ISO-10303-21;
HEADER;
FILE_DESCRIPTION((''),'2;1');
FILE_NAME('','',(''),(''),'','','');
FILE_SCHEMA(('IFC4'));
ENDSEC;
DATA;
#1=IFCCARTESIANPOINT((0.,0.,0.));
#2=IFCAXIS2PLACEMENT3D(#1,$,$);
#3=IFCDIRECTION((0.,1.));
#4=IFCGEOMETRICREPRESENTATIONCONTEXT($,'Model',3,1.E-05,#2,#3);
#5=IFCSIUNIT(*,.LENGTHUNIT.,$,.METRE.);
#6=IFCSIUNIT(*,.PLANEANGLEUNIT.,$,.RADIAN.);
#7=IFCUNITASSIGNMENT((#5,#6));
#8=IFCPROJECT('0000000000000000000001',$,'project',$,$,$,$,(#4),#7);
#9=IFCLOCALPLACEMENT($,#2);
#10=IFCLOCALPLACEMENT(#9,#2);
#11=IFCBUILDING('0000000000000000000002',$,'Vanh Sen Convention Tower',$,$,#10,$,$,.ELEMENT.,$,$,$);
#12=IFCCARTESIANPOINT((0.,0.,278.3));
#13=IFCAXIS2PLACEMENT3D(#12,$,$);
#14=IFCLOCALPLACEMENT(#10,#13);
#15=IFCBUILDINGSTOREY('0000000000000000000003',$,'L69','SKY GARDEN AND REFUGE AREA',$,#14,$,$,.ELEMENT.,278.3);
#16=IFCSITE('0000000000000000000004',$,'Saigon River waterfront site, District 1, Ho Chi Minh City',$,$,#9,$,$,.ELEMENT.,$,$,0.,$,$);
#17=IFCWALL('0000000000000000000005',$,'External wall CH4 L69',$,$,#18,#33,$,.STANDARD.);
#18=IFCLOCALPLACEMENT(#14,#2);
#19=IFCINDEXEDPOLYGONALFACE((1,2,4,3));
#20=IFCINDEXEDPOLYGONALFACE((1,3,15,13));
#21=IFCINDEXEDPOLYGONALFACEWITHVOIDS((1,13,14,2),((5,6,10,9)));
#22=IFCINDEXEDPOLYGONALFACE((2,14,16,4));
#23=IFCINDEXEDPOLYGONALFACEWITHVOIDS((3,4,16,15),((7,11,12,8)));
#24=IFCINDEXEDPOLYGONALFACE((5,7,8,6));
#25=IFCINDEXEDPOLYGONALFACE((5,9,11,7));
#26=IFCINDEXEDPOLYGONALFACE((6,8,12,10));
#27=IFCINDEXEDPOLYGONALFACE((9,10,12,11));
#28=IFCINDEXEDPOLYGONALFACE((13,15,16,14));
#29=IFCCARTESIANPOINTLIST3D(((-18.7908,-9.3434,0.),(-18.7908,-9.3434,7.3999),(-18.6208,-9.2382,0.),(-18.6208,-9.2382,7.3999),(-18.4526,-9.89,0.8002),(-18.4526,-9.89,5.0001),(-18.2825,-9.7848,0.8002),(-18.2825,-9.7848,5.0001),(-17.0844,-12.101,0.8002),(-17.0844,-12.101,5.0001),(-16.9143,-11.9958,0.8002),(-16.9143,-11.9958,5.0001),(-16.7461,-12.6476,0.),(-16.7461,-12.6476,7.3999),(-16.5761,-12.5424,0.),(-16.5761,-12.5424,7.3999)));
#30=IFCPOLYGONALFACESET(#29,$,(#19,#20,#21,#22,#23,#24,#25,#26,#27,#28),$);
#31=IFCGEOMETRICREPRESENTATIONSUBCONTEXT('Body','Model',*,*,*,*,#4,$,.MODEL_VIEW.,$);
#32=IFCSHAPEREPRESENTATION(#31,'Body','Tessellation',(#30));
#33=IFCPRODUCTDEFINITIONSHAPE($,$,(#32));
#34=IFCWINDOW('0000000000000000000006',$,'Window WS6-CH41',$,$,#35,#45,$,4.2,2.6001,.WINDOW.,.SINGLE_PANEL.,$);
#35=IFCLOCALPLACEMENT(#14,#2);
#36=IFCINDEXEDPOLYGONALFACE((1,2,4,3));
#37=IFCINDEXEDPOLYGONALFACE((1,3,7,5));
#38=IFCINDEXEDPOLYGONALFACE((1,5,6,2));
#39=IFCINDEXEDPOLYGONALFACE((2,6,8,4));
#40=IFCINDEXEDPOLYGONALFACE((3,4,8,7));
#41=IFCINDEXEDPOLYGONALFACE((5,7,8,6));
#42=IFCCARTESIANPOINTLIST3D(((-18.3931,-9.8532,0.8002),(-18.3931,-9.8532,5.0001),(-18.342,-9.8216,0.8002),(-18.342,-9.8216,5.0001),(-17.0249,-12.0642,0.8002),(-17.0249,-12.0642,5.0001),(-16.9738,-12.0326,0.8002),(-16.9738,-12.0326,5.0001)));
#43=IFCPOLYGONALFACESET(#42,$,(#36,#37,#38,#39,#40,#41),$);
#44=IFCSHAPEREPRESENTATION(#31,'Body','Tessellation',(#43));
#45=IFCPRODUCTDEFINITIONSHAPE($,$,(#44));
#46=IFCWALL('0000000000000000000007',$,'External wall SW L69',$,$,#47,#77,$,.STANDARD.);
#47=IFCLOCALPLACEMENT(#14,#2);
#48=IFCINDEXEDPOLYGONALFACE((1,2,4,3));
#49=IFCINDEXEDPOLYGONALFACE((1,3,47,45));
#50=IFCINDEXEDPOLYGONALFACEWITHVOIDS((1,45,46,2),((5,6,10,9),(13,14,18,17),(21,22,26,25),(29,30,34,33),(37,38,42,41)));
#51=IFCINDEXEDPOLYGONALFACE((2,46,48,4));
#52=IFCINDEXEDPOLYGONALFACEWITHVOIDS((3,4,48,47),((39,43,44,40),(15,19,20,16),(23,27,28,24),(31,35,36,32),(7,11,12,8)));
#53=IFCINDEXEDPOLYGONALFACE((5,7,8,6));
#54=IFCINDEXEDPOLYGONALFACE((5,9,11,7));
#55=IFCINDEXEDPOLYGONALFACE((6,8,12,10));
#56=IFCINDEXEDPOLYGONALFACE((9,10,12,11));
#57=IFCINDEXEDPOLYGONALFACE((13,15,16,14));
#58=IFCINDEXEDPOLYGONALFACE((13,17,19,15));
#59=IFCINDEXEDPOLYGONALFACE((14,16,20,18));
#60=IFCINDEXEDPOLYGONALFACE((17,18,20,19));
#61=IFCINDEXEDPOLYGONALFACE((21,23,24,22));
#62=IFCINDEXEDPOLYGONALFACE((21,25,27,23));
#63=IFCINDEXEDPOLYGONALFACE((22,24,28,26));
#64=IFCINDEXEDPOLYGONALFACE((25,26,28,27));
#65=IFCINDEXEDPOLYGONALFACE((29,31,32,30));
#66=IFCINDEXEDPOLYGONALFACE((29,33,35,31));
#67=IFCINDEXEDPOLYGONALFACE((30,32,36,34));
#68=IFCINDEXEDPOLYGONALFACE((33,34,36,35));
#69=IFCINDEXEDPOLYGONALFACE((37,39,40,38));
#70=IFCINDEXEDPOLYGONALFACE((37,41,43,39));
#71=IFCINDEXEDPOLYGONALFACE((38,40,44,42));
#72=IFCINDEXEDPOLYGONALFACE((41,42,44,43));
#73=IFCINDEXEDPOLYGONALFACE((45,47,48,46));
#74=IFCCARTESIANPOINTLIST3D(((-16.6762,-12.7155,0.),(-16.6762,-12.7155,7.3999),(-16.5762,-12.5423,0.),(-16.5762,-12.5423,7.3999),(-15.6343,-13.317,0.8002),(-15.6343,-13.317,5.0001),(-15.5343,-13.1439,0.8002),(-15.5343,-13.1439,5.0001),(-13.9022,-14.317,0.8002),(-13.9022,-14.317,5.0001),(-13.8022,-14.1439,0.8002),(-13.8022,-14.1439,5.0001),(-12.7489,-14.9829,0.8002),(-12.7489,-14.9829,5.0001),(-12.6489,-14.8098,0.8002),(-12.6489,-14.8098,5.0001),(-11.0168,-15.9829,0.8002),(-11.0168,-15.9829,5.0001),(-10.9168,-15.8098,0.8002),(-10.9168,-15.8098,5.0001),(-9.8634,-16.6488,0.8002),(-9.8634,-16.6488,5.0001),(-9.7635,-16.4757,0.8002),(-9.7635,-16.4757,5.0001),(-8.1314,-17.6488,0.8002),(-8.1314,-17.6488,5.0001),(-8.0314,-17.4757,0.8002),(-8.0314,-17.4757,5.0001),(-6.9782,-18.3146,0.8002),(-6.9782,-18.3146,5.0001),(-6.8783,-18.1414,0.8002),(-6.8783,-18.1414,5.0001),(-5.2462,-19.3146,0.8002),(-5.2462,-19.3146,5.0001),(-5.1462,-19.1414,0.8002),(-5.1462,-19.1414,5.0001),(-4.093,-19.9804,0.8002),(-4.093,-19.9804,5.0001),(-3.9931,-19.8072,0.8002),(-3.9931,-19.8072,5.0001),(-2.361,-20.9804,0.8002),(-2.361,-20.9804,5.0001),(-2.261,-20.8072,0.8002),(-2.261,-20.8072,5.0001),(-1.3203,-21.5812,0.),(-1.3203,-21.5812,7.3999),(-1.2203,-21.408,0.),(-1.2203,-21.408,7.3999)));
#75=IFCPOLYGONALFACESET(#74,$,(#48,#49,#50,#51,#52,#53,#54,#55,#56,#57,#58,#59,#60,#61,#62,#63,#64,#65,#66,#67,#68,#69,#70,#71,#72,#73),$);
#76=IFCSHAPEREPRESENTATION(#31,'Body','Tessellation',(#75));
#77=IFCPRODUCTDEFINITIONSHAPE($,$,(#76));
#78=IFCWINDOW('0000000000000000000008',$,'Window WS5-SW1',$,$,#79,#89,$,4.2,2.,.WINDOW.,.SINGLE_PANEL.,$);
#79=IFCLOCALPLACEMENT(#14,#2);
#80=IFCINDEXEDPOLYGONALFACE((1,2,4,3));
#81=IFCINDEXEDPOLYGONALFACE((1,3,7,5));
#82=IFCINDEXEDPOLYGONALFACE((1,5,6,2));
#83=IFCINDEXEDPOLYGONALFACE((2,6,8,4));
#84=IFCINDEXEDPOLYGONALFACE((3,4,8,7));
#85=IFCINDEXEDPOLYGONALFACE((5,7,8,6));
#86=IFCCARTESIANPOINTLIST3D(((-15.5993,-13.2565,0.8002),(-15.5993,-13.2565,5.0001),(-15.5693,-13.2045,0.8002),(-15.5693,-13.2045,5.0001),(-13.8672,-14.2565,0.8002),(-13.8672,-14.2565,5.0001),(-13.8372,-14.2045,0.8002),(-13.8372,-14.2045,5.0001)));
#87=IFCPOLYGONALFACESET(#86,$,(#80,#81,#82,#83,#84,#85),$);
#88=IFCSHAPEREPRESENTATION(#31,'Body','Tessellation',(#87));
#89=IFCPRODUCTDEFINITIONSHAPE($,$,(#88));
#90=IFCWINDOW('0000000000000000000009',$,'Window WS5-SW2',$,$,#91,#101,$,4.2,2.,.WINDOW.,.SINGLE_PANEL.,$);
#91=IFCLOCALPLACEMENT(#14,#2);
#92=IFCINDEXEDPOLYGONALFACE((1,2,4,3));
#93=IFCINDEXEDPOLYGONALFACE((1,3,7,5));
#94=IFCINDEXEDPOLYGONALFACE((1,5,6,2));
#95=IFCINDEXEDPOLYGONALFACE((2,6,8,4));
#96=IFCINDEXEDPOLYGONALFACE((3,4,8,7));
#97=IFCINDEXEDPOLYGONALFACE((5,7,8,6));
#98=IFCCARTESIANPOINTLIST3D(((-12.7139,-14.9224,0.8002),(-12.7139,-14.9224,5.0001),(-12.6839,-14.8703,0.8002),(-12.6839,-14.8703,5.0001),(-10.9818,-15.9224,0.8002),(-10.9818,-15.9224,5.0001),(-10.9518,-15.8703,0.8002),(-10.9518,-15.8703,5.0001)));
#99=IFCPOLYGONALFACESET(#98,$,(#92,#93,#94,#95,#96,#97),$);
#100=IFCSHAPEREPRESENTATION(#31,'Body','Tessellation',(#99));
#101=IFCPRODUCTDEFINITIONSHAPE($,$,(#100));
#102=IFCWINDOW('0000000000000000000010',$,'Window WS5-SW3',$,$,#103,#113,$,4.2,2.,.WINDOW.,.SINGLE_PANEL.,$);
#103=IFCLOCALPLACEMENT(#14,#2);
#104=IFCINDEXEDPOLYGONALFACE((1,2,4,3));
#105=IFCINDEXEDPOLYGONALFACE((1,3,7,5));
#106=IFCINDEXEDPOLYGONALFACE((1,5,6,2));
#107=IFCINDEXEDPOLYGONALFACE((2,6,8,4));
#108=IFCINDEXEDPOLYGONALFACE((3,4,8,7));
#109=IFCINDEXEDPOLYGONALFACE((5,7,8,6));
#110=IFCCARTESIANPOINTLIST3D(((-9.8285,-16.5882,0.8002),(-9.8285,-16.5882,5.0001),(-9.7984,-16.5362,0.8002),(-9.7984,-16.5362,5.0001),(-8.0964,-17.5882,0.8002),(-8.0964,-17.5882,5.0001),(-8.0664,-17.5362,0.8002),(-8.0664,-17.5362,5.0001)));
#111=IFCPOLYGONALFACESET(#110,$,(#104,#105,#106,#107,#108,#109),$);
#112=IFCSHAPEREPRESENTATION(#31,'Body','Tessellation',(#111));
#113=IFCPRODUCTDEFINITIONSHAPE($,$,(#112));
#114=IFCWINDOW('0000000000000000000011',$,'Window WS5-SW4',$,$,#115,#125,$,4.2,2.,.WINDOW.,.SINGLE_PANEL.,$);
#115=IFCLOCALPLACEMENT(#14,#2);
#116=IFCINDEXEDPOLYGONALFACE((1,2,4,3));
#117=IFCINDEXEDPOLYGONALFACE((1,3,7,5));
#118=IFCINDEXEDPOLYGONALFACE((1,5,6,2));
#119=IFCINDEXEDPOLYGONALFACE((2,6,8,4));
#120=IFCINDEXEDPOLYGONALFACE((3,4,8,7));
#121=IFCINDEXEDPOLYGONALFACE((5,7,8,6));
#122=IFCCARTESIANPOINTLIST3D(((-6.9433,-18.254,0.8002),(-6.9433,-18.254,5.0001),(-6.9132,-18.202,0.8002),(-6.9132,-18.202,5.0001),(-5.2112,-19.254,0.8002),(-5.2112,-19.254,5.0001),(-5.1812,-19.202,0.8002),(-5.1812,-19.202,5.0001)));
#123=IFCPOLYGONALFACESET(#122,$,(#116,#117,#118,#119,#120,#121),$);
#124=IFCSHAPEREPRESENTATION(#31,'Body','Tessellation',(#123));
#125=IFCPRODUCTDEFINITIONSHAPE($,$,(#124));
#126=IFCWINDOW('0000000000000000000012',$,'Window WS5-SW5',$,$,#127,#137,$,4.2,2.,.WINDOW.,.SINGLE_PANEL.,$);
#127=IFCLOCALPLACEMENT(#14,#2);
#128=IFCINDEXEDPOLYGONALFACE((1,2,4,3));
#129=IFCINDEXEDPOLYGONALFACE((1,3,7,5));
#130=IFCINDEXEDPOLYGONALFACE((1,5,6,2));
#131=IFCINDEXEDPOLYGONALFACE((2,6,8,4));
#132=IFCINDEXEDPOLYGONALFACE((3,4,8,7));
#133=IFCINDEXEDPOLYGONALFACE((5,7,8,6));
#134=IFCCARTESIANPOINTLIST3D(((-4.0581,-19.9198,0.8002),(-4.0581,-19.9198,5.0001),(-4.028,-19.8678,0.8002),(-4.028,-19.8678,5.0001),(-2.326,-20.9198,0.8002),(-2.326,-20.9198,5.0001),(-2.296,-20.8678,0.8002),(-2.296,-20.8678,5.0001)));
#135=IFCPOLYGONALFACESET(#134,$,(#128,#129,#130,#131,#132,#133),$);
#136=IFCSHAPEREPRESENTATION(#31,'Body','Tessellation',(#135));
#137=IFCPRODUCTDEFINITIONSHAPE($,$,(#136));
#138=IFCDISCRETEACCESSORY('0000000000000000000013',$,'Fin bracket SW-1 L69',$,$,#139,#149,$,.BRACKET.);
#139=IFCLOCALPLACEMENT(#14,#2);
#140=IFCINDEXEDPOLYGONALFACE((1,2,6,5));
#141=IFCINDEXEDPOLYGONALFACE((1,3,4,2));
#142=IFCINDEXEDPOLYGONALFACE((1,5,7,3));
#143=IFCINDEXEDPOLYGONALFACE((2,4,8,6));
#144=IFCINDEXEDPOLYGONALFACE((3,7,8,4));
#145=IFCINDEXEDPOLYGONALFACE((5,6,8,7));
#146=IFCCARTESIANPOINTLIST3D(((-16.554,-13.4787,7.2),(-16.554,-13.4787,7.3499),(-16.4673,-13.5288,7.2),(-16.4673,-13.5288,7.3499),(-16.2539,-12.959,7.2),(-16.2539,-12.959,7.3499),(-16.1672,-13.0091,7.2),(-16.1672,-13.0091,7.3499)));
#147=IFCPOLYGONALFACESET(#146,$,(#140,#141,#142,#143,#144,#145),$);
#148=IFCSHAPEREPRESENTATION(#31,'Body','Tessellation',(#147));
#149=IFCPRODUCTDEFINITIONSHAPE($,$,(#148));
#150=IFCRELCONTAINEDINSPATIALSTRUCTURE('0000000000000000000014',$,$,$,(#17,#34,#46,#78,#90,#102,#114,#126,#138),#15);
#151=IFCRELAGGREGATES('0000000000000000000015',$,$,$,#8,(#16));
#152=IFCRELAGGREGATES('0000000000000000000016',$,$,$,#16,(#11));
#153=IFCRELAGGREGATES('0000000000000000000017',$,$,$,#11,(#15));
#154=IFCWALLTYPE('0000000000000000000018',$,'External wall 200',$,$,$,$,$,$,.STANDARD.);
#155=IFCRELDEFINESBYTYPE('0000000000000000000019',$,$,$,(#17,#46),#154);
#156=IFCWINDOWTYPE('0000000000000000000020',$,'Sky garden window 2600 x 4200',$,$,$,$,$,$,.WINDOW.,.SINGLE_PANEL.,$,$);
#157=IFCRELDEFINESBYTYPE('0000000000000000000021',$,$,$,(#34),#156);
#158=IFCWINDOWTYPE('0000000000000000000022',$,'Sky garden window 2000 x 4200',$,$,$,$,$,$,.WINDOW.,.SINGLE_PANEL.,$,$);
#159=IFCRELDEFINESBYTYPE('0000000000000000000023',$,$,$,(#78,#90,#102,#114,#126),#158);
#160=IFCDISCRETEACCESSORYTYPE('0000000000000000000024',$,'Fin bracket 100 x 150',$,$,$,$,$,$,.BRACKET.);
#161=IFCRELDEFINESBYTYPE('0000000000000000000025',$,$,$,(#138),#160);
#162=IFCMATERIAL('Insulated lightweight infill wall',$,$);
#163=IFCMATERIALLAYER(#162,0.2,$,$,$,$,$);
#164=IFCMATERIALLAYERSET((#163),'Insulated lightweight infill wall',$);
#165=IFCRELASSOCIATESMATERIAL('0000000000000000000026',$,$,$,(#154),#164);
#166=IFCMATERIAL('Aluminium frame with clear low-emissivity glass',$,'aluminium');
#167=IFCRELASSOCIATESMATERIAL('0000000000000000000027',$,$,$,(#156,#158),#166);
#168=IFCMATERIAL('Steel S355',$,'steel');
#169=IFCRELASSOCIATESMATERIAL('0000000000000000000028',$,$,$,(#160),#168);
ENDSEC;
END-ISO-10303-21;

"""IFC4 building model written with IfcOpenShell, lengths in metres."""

from ifc_helpers import new_model, si_unit, direction, frame, frame_2d, origin, origin_2d, place, context, subcontext, project, spatial, rectangle, extrude, material, layer, layer_set, type_object, element, fill, save


model = new_model("IFC4")

# Units and contexts
model_context = context("Model", 3, precision=1e-05, world=origin(), true_north=direction((0.0, 1.0)))
body_context = subcontext(model_context, "Body", "Model", "MODEL_VIEW")
ifc_project = project(units=[si_unit("LENGTHUNIT", "METRE"), si_unit("PLANEANGLEUNIT", "RADIAN")], contexts=[model_context])

# Site, building, storey
site_placement = place(None, origin())
site = spatial("IfcSite", under=ifc_project, at=site_placement, Name="Saigon River waterfront site, District 1, Ho Chi Minh City", CompositionType="ELEMENT", RefElevation=0.0)
building_placement = place(site_placement, origin())
building = spatial("IfcBuilding", under=site, at=building_placement, Name="Vanh Sen Convention Tower", CompositionType="ELEMENT")
storey_placement = place(building_placement, frame((0.0, 0.0, 278.3)))
storey = spatial("IfcBuildingStorey", under=building, at=storey_placement, Name="L69", Description="SKY GARDEN AND REFUGE AREA", CompositionType="ELEMENT", Elevation=278.3)

# Wall, opening, window
ifc_material_1 = material(Name="Insulated lightweight infill wall")
ifc_layer_1 = layer(ifc_material_1, 0.2)
ifc_layer_set_1 = layer_set([ifc_layer_1], Name="Insulated lightweight infill wall")
wall_type = type_object("IfcWallType", Name="External wall 200", PredefinedType="STANDARD", material=ifc_layer_set_1)
wall_1_placement = place(storey_placement, frame((-18.7058, -9.2908, 0.0), z_axis=(0.0, 0.0, 1.0), x_axis=(0.52621, -0.850355, 0.0)))
wall_1 = element("IfcWall", 1, at=wall_1_placement, inside=storey, type_object=wall_type, Name="External wall CH4 L69", PredefinedType="STANDARD", context=body_context, shape_type="SweptSolid", body=[
    extrude(rectangle(XDim=3.8857, YDim=0.2, at=frame_2d((1.9429, 0.0))), origin(), (0.0, 0.0, 1.0), 7.3999),
])
opening_1_placement = place(wall_1_placement, frame((0.6428, 0.0, 0.8)))
opening_1 = element("IfcOpeningElement", 2, at=opening_1_placement, cuts=wall_1, PredefinedType="OPENING", context=body_context, shape_type="SweptSolid", body=[
    extrude(rectangle(XDim=2.6001, YDim=4.2, at=frame_2d((1.3, 2.1001))), frame((0.0, 0.1099, 0.0), z_axis=(0.0, -1.0, 0.0), x_axis=(1.0, 0.0, 0.0)), (0.0, 0.0, 1.0), 0.22),
])
ifc_material_2 = material(Name="Aluminium frame with clear low-emissivity glass", Category="aluminium")
window_type_1 = type_object("IfcWindowType", Name="Sky garden window 2600 x 4200", PartitioningType="SINGLE_PANEL", PredefinedType="WINDOW", material=ifc_material_2)
window_1_placement = place(opening_1_placement, origin())
window_1 = element("IfcWindow", 3, at=window_1_placement, inside=storey, type_object=window_type_1, Name="Window WS6-CH41", OverallHeight=4.2, OverallWidth=2.6001, PartitioningType="SINGLE_PANEL", PredefinedType="WINDOW", context=body_context, shape_type="SweptSolid", body=[
    extrude(rectangle(XDim=2.6001, YDim=4.2, at=frame_2d((1.3, 2.1001))), frame((0.0, 0.03, 0.0), z_axis=(0.0, -1.0, 0.0), x_axis=(1.0, 0.0, 0.0)), (0.0, 0.0, 1.0), 0.0601),
])
fill(opening_1, window_1)

# Wall, openings, windows
wall_2_placement = place(storey_placement, frame((-16.6262, -12.6289, 0.0), z_axis=(0.0, 0.0, 1.0), x_axis=(0.866026, -0.499998, 0.0)))
wall_2 = element("IfcWall", 4, at=wall_2_placement, inside=storey, type_object=wall_type, Name="External wall SW L69", PredefinedType="STANDARD", context=body_context, shape_type="SweptSolid", body=[
    extrude(rectangle(XDim=17.7314, YDim=0.2, at=frame_2d((8.8657, 0.0))), origin(), (0.0, 0.0, 1.0), 7.3999),
])
opening_2_placement = place(wall_2_placement, frame((1.2031, 0.0, 0.8)))
opening_2 = element("IfcOpeningElement", 5, at=opening_2_placement, cuts=wall_2, PredefinedType="OPENING", context=body_context, shape_type="SweptSolid", body=[
    extrude(rectangle(XDim=2.0, YDim=4.2, at=frame_2d((1.0, 2.1001))), frame((0.0, 0.1099, 0.0), z_axis=(0.0, -1.0, 0.0), x_axis=(1.0, 0.0, 0.0)), (0.0, 0.0, 1.0), 0.22),
])
opening_3_placement = place(wall_2_placement, frame((4.5349, 0.0, 0.8)))
opening_3 = element("IfcOpeningElement", 6, at=opening_3_placement, cuts=wall_2, PredefinedType="OPENING", context=body_context, shape_type="SweptSolid", body=[
    extrude(rectangle(XDim=2.0, YDim=4.2, at=frame_2d((1.0, 2.1001))), frame((0.0, 0.1099, 0.0), z_axis=(0.0, -1.0, 0.0), x_axis=(1.0, 0.0, 0.0)), (0.0, 0.0, 1.0), 0.22),
])
opening_4_placement = place(wall_2_placement, frame((7.8667, 0.0, 0.8)))
opening_4 = element("IfcOpeningElement", 7, at=opening_4_placement, cuts=wall_2, PredefinedType="OPENING", context=body_context, shape_type="SweptSolid", body=[
    extrude(rectangle(XDim=2.0, YDim=4.2, at=frame_2d((1.0, 2.1001))), frame((0.0, 0.1099, 0.0), z_axis=(0.0, -1.0, 0.0), x_axis=(1.0, 0.0, 0.0)), (0.0, 0.0, 1.0), 0.22),
])
opening_5_placement = place(wall_2_placement, frame((11.1982, 0.0, 0.8)))
opening_5 = element("IfcOpeningElement", 8, at=opening_5_placement, cuts=wall_2, PredefinedType="OPENING", context=body_context, shape_type="SweptSolid", body=[
    extrude(rectangle(XDim=2.0, YDim=4.2, at=frame_2d((1.0, 2.1001))), frame((0.0, 0.1099, 0.0), z_axis=(0.0, -1.0, 0.0), x_axis=(1.0, 0.0, 0.0)), (0.0, 0.0, 1.0), 0.22),
])
opening_6_placement = place(wall_2_placement, frame((14.5298, 0.0, 0.8)))
opening_6 = element("IfcOpeningElement", 9, at=opening_6_placement, cuts=wall_2, PredefinedType="OPENING", context=body_context, shape_type="SweptSolid", body=[
    extrude(rectangle(XDim=2.0, YDim=4.2, at=frame_2d((1.0, 2.1001))), frame((0.0, 0.1099, 0.0), z_axis=(0.0, -1.0, 0.0), x_axis=(1.0, 0.0, 0.0)), (0.0, 0.0, 1.0), 0.22),
])
window_type_2 = type_object("IfcWindowType", Name="Sky garden window 2000 x 4200", PartitioningType="SINGLE_PANEL", PredefinedType="WINDOW", material=ifc_material_2)
window_2_placement = place(opening_2_placement, origin())
window_2 = element("IfcWindow", 10, at=window_2_placement, inside=storey, type_object=window_type_2, Name="Window WS5-SW1", OverallHeight=4.2, OverallWidth=2.0, PartitioningType="SINGLE_PANEL", PredefinedType="WINDOW", context=body_context, shape_type="SweptSolid", body=[
    extrude(rectangle(XDim=2.0, YDim=4.2, at=frame_2d((1.0, 2.1001))), frame((0.0, 0.03, 0.0), z_axis=(0.0, -1.0, 0.0), x_axis=(1.0, 0.0, 0.0)), (0.0, 0.0, 1.0), 0.0601),
])
fill(opening_2, window_2)
window_3_placement = place(opening_3_placement, origin())
window_3 = element("IfcWindow", 11, at=window_3_placement, inside=storey, type_object=window_type_2, Name="Window WS5-SW2", OverallHeight=4.2, OverallWidth=2.0, PartitioningType="SINGLE_PANEL", PredefinedType="WINDOW", context=body_context, shape_type="SweptSolid", body=[
    extrude(rectangle(XDim=2.0, YDim=4.2, at=frame_2d((1.0, 2.1001))), frame((0.0, 0.03, 0.0), z_axis=(0.0, -1.0, 0.0), x_axis=(1.0, 0.0, 0.0)), (0.0, 0.0, 1.0), 0.0601),
])
fill(opening_3, window_3)
window_4_placement = place(opening_4_placement, origin())
window_4 = element("IfcWindow", 12, at=window_4_placement, inside=storey, type_object=window_type_2, Name="Window WS5-SW3", OverallHeight=4.2, OverallWidth=2.0, PartitioningType="SINGLE_PANEL", PredefinedType="WINDOW", context=body_context, shape_type="SweptSolid", body=[
    extrude(rectangle(XDim=2.0, YDim=4.2, at=frame_2d((1.0, 2.1001))), frame((0.0, 0.03, 0.0), z_axis=(0.0, -1.0, 0.0), x_axis=(1.0, 0.0, 0.0)), (0.0, 0.0, 1.0), 0.0601),
])
fill(opening_4, window_4)
window_5_placement = place(opening_5_placement, origin())
window_5 = element("IfcWindow", 13, at=window_5_placement, inside=storey, type_object=window_type_2, Name="Window WS5-SW4", OverallHeight=4.2, OverallWidth=2.0, PartitioningType="SINGLE_PANEL", PredefinedType="WINDOW", context=body_context, shape_type="SweptSolid", body=[
    extrude(rectangle(XDim=2.0, YDim=4.2, at=frame_2d((1.0, 2.1001))), frame((0.0, 0.03, 0.0), z_axis=(0.0, -1.0, 0.0), x_axis=(1.0, 0.0, 0.0)), (0.0, 0.0, 1.0), 0.0601),
])
fill(opening_5, window_5)
window_6_placement = place(opening_6_placement, origin())
window_6 = element("IfcWindow", 14, at=window_6_placement, inside=storey, type_object=window_type_2, Name="Window WS5-SW5", OverallHeight=4.2, OverallWidth=2.0, PartitioningType="SINGLE_PANEL", PredefinedType="WINDOW", context=body_context, shape_type="SweptSolid", body=[
    extrude(rectangle(XDim=2.0, YDim=4.2, at=frame_2d((1.0, 2.1001))), frame((0.0, 0.03, 0.0), z_axis=(0.0, -1.0, 0.0), x_axis=(1.0, 0.0, 0.0)), (0.0, 0.0, 1.0), 0.0601),
])
fill(opening_6, window_6)

# Discrete accessory
ifc_material_3 = material(Name="Steel S355", Category="steel")
discrete_accessory_type = type_object("IfcDiscreteAccessoryType", Name="Fin bracket 100 x 150", PredefinedType="BRACKET", material=ifc_material_3)
discrete_accessory_placement = place(storey_placement, frame((-16.3606, -13.2439, 7.2), z_axis=(0.0, 0.0, 1.0), x_axis=(-0.5, -0.866025, 0.0)))
element("IfcDiscreteAccessory", 15, at=discrete_accessory_placement, inside=storey, type_object=discrete_accessory_type, Name="Fin bracket SW-1 L69", PredefinedType="BRACKET", context=body_context, shape_type="SweptSolid", body=[
    extrude(rectangle(XDim=0.6001, YDim=0.1001, at=origin_2d()), origin(), (0.0, 0.0, 1.0), 0.1499),
])

save(model, "model.ifc")
